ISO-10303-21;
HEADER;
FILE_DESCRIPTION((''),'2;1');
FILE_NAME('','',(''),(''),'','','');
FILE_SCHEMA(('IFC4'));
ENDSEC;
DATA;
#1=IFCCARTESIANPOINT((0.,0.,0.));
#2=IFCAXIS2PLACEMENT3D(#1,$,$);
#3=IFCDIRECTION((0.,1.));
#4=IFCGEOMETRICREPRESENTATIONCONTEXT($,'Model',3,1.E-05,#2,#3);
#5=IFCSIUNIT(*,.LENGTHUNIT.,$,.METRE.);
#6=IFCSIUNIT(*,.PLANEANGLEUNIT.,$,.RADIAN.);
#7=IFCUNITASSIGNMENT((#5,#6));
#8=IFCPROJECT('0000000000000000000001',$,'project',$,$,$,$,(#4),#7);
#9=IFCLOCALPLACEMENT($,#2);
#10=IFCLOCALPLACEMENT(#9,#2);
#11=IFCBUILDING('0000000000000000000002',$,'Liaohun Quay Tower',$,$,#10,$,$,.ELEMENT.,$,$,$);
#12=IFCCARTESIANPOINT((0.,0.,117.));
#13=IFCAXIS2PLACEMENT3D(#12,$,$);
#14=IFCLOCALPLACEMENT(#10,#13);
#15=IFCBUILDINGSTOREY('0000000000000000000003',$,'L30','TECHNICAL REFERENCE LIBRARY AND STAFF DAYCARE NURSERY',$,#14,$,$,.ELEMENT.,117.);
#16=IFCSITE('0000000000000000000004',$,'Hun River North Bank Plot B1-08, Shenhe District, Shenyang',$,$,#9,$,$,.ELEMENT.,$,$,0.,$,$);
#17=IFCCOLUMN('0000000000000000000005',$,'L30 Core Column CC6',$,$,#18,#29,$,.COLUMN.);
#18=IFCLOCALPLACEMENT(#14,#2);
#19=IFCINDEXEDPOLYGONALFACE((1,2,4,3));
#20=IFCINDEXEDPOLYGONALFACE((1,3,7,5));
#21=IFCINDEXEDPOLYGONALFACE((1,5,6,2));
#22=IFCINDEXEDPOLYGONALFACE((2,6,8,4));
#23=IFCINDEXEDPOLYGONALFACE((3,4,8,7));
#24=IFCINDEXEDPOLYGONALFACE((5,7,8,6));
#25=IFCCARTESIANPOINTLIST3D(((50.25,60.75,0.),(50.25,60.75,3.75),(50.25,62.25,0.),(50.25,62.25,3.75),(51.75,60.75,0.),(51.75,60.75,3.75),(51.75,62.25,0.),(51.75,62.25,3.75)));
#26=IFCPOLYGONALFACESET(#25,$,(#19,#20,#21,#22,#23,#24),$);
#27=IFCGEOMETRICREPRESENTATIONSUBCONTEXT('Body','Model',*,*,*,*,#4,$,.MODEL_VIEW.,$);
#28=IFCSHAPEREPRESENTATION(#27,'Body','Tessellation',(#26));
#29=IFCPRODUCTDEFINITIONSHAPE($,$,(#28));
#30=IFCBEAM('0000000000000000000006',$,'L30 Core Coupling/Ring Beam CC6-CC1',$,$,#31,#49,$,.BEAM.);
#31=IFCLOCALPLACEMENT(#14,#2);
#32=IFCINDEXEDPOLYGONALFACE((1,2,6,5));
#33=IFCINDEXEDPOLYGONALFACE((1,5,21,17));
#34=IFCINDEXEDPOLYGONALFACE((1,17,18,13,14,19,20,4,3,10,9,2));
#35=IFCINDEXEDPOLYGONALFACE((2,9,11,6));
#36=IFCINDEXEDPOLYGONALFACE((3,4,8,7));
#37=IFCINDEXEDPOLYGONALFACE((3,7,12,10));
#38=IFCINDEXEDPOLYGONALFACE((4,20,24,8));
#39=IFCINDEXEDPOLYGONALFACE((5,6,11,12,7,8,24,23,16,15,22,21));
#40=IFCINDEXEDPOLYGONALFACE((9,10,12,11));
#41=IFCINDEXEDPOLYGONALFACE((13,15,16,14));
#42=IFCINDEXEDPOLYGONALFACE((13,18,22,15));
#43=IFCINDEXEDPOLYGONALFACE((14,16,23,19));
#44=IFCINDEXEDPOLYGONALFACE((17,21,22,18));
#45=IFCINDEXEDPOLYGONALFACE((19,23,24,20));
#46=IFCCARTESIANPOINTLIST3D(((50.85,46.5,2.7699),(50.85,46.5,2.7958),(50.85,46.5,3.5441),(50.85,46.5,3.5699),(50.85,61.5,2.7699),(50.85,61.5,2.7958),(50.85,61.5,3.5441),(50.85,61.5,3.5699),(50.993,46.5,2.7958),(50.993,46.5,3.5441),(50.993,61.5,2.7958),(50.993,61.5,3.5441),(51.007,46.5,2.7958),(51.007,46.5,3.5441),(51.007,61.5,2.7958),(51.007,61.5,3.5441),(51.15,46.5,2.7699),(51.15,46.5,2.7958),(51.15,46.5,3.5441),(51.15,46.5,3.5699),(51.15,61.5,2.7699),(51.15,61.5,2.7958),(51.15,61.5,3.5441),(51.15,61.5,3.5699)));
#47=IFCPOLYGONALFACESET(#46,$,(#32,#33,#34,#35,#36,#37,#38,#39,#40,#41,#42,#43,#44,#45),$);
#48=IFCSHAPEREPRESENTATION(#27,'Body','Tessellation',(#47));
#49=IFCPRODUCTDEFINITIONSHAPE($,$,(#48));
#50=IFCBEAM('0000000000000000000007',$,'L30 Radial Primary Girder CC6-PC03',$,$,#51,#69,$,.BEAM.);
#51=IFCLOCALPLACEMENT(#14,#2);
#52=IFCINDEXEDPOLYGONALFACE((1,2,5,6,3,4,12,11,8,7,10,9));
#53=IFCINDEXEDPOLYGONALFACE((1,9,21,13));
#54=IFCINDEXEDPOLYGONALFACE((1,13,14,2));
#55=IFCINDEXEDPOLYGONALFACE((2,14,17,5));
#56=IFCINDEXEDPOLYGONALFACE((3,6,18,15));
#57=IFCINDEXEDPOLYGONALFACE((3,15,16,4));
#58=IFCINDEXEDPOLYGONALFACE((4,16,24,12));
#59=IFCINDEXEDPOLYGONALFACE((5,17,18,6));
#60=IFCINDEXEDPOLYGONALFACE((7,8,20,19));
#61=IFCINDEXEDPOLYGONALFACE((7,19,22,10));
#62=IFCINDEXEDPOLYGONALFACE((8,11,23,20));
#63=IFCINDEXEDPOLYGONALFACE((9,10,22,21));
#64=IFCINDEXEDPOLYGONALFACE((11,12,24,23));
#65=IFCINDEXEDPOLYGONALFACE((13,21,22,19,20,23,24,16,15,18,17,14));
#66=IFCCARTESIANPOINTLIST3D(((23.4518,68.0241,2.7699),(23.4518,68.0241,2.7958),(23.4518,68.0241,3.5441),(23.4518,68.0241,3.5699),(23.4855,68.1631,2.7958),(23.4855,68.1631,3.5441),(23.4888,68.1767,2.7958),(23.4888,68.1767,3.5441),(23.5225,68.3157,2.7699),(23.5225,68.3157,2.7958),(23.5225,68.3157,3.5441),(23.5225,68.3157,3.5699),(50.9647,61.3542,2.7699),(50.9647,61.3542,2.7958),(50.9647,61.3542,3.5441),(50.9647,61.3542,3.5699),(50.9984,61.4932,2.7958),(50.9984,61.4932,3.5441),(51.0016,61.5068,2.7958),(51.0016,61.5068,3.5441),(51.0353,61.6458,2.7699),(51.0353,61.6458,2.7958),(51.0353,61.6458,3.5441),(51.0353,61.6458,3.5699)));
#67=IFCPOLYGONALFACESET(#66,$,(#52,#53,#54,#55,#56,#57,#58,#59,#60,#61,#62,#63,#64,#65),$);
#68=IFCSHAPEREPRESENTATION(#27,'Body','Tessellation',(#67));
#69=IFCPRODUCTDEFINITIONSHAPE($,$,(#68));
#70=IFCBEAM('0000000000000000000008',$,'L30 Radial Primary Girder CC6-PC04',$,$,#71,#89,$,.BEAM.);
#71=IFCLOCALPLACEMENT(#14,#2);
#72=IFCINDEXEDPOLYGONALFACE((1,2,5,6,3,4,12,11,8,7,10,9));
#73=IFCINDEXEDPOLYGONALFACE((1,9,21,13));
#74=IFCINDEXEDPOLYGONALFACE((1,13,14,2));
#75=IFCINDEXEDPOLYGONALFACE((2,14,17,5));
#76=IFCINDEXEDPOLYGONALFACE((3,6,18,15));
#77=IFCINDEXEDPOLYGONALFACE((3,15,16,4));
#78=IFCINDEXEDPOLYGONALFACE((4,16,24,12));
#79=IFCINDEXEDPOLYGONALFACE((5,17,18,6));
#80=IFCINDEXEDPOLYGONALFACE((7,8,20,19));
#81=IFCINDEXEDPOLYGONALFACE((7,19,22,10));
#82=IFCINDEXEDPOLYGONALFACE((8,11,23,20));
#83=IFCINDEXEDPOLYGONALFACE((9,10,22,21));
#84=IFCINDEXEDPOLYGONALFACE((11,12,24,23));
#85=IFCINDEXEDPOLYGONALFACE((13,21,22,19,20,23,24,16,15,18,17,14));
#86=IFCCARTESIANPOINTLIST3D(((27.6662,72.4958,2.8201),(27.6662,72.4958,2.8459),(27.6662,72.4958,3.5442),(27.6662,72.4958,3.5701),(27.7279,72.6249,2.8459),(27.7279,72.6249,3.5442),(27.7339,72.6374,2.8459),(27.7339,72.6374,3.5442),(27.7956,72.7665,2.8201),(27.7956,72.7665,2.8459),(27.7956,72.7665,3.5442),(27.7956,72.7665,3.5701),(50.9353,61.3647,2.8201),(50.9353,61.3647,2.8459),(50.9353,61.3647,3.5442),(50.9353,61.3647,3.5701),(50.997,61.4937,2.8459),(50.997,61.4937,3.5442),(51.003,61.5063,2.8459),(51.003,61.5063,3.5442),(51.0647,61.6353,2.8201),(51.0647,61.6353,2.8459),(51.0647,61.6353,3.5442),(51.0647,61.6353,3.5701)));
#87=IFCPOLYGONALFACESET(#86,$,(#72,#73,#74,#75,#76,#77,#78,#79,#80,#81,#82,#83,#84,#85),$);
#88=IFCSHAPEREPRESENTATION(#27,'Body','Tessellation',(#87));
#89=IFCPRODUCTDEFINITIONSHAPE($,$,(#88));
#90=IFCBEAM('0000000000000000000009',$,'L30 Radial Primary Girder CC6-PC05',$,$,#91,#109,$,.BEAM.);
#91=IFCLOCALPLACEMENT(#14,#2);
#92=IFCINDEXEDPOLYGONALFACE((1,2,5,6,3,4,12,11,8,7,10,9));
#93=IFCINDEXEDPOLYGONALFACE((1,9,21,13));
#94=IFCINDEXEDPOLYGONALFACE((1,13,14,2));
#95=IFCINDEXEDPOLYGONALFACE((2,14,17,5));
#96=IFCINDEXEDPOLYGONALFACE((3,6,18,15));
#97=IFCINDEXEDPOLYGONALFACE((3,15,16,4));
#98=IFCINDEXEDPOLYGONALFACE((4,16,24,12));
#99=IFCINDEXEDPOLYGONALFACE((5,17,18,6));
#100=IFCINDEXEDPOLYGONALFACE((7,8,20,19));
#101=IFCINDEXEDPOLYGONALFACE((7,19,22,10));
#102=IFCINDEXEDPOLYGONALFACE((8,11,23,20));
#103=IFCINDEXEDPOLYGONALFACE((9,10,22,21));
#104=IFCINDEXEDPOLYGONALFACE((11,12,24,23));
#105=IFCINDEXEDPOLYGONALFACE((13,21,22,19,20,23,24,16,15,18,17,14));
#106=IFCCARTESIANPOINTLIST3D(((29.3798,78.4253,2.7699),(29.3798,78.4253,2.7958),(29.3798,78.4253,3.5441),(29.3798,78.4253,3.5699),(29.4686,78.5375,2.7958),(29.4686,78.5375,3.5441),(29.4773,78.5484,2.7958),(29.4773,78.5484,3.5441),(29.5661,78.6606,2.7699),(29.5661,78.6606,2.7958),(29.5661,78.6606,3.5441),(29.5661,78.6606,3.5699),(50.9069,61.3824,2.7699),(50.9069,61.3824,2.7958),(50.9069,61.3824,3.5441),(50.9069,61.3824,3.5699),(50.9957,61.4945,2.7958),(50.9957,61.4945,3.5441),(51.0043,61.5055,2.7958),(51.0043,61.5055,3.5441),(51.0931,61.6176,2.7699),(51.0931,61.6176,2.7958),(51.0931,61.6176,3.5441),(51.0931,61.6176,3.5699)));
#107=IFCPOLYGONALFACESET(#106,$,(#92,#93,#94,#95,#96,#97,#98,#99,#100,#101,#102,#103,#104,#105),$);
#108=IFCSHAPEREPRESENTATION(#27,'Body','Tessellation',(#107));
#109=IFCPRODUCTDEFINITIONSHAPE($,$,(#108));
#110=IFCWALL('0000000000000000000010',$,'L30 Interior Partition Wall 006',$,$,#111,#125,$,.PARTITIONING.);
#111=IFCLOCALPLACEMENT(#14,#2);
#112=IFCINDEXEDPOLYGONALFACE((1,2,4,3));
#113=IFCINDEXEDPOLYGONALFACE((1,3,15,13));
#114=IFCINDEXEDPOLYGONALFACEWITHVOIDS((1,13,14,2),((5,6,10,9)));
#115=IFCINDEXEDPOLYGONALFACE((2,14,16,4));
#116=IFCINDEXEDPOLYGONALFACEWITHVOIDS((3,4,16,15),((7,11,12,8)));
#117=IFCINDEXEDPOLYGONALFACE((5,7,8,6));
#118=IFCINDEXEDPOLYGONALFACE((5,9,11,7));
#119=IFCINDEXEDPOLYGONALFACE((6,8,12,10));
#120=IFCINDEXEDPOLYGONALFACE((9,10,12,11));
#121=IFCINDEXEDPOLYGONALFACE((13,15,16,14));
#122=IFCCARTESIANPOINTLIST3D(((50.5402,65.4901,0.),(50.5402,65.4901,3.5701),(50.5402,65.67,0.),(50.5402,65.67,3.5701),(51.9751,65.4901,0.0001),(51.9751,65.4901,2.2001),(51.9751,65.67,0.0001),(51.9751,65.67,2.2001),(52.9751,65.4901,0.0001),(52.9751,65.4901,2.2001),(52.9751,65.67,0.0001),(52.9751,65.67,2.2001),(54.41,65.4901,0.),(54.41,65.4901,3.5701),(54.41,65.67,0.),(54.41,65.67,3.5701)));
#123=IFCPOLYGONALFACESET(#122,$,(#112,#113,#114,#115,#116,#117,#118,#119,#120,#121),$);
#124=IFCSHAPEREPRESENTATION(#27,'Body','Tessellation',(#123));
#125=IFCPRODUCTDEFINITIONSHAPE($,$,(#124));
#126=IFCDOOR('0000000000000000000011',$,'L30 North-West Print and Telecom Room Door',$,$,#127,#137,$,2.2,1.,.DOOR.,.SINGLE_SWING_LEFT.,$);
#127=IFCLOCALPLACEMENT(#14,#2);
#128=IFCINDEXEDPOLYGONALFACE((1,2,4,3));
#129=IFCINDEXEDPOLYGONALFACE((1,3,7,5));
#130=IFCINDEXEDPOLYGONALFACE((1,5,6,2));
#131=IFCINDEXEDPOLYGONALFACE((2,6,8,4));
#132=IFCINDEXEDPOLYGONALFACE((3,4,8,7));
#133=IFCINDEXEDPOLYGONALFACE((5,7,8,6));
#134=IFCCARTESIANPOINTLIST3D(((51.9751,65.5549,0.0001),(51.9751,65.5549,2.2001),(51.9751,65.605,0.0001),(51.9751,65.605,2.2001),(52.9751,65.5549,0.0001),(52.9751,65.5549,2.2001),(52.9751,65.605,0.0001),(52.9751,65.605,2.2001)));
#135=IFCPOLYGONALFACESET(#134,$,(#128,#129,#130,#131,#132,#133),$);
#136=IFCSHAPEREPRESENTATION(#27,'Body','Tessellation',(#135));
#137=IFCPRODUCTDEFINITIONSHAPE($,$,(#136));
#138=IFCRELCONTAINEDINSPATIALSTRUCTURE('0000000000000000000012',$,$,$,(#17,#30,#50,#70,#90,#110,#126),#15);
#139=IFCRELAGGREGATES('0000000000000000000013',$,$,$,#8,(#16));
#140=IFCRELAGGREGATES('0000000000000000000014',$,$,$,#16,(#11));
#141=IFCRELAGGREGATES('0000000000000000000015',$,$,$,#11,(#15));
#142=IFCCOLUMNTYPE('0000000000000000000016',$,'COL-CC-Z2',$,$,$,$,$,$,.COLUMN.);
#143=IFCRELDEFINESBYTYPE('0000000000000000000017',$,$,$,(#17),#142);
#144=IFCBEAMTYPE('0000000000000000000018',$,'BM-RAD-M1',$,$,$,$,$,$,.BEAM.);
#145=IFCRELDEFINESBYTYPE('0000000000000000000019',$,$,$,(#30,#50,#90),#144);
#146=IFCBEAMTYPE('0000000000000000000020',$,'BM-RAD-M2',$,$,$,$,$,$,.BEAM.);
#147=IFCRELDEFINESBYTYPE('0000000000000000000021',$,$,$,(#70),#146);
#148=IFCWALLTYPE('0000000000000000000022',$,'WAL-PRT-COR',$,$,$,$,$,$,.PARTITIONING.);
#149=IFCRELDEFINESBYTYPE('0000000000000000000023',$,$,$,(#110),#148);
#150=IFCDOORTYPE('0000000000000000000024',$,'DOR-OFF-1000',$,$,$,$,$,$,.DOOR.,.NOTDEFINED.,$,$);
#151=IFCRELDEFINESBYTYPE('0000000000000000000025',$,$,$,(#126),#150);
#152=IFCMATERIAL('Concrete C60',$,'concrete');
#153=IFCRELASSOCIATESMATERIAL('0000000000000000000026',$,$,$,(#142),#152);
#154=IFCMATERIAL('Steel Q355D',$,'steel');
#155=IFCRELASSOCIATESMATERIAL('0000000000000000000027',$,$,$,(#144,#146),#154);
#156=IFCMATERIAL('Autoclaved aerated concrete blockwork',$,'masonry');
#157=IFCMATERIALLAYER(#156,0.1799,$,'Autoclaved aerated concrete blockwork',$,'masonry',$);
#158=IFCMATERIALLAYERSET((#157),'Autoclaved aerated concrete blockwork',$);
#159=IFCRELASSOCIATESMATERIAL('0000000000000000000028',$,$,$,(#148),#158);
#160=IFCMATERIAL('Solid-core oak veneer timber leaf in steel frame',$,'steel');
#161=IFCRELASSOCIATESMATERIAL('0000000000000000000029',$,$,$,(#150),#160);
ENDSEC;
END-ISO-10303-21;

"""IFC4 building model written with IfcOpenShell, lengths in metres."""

from ifc_helpers import new_model, si_unit, direction, frame, frame_2d, origin, origin_2d, place, context, subcontext, project, spatial, rectangle, i_section, extrude, source, transform, mapped, material, layer, layer_set, material_profile, profile_set, type_object, element, fill, save


model = new_model("IFC4")

# Units and contexts
model_context = context("Model", 3, precision=1e-05, world=origin(), true_north=direction((0.0, 1.0)))
body_context = subcontext(model_context, "Body", "Model", "MODEL_VIEW")
ifc_project = project(units=[si_unit("LENGTHUNIT", "METRE"), si_unit("PLANEANGLEUNIT", "RADIAN")], contexts=[model_context])

# Site, building, storey
site_placement = place(None, origin())
site = spatial("IfcSite", under=ifc_project, at=site_placement, Name="Hun River North Bank Plot B1-08, Shenhe District, Shenyang", CompositionType="ELEMENT", RefElevation=0.0)
building_placement = place(site_placement, origin())
building = spatial("IfcBuilding", under=site, at=building_placement, Name="Liaohun Quay Tower", CompositionType="ELEMENT")
storey_placement = place(building_placement, frame((0.0, 0.0, 117.0)))
storey = spatial("IfcBuildingStorey", under=building, at=storey_placement, Name="L30", Description="TECHNICAL REFERENCE LIBRARY AND STAFF DAYCARE NURSERY", CompositionType="ELEMENT", Elevation=117.0)

# Column
ifc_material_1 = material(Name="Concrete C60", Category="concrete")
ifc_material_profile_1 = material_profile(ifc_material_1, rectangle(XDim=1.5, YDim=1.5, at=origin_2d()), Name="RC1500x1500")
ifc_profile_set_1 = profile_set([ifc_material_profile_1], Name="Concrete C60")
column_type = type_object("IfcColumnType", Name="COL-CC-Z2", PredefinedType="COLUMN", material=ifc_profile_set_1)
shared_shape_1 = source(origin(), body_context, "Body", "SweptSolid", [
    extrude(rectangle(XDim=1.5, YDim=1.5, at=origin_2d()), origin(), (0.0, 0.0, 1.0), 3.75),
])
column_placement = place(storey_placement, frame((51.0, 61.5, 0.0), z_axis=(0.0, 0.0, 1.0), x_axis=(1.0, 0.0, 0.0)))
element("IfcColumn", 1, at=column_placement, inside=storey, type_object=column_type, Name="L30 Core Column CC6", PredefinedType="COLUMN", context=body_context, shape_type="MappedRepresentation", body=[
    mapped(shared_shape_1, transform((0.0, 0.0, 0.0), x_axis=(1.0, 0.0, 0.0), y_axis=(0.0, 1.0, 0.0), z_axis=(0.0, 0.0, 1.0), scale=1.0)),
])

# Beams
ifc_material_2 = material(Name="Steel Q355D", Category="steel")
ifc_material_profile_2 = material_profile(ifc_material_2, i_section(OverallWidth=0.3, OverallDepth=0.8, WebThickness=0.0139, FlangeThickness=0.0259, at=origin_2d()), Name="HN800x300x14x26")
ifc_profile_set_2 = profile_set([ifc_material_profile_2], Name="Steel Q355D")
beam_type_1 = type_object("IfcBeamType", Name="BM-RAD-M1", PredefinedType="BEAM", material=ifc_profile_set_2)
shared_shape_2 = source(origin(), body_context, "Body", "SweptSolid", [
    extrude(i_section(OverallWidth=0.3, OverallDepth=0.8, WebThickness=0.0139, FlangeThickness=0.0259, at=origin_2d()), origin(), (0.0, 0.0, 1.0), 15.0),
])
beam_1_placement = place(storey_placement, frame((51.0, 61.5, 3.1699), z_axis=(0.0, -1.0, 0.0), x_axis=(1.0, 0.0, 0.0)))
element("IfcBeam", 2, at=beam_1_placement, inside=storey, type_object=beam_type_1, Name="L30 Core Coupling/Ring Beam CC6-CC1", PredefinedType="BEAM", context=body_context, shape_type="MappedRepresentation", body=[
    mapped(shared_shape_2, transform((0.0, 0.0, 0.0), x_axis=(1.0, 0.0, 0.0), y_axis=(0.0, 1.0, 0.0), z_axis=(0.0, 0.0, 1.0), scale=1.0)),
])
shared_shape_3 = source(origin(), body_context, "Body", "SweptSolid", [
    extrude(i_section(OverallWidth=0.3, OverallDepth=0.8, WebThickness=0.0139, FlangeThickness=0.0259, at=origin_2d()), origin(), (0.0, 0.0, 1.0), 28.3098),
])
beam_2_placement = place(storey_placement, frame((51.0, 61.5, 3.1699), z_axis=(-0.971849, 0.235604, 0.0), x_axis=(-0.235604, -0.971849, 0.0)))
element("IfcBeam", 3, at=beam_2_placement, inside=storey, type_object=beam_type_1, Name="L30 Radial Primary Girder CC6-PC03", PredefinedType="BEAM", context=body_context, shape_type="MappedRepresentation", body=[
    mapped(shared_shape_3, transform((0.0, 0.0, 0.0), x_axis=(1.0, 0.0, 0.0), y_axis=(0.0, 1.0, 0.0), z_axis=(0.0, 0.0, 1.0), scale=1.0)),
])
ifc_material_profile_3 = material_profile(ifc_material_2, i_section(OverallWidth=0.3, OverallDepth=0.75, WebThickness=0.0139, FlangeThickness=0.0259, at=origin_2d()), Name="HN750x300x14x26")
ifc_profile_set_3 = profile_set([ifc_material_profile_3], Name="Steel Q355D")
beam_type_2 = type_object("IfcBeamType", Name="BM-RAD-M2", PredefinedType="BEAM", material=ifc_profile_set_3)
shared_shape_4 = source(origin(), body_context, "Body", "SweptSolid", [
    extrude(i_section(OverallWidth=0.3, OverallDepth=0.75, WebThickness=0.0139, FlangeThickness=0.0259, at=origin_2d()), origin(), (0.0, 0.0, 1.0), 25.7944),
])
beam_3_placement = place(storey_placement, frame((51.0, 61.5, 3.1951), z_axis=(-0.902098, 0.431532, 0.0), x_axis=(-0.431532, -0.902098, 0.0)))
element("IfcBeam", 4, at=beam_3_placement, inside=storey, type_object=beam_type_2, Name="L30 Radial Primary Girder CC6-PC04", PredefinedType="BEAM", context=body_context, shape_type="MappedRepresentation", body=[
    mapped(shared_shape_4, transform((0.0, 0.0, 0.0), x_axis=(1.0, 0.0, 0.0), y_axis=(0.0, 1.0, 0.0), z_axis=(0.0, 0.0, 1.0), scale=1.0)),
])
shared_shape_5 = source(origin(), body_context, "Body", "SweptSolid", [
    extrude(i_section(OverallWidth=0.3, OverallDepth=0.8, WebThickness=0.0139, FlangeThickness=0.0259, at=origin_2d()), origin(), (0.0, 0.0, 1.0), 27.4568),
])
beam_4_placement = place(storey_placement, frame((51.0, 61.5, 3.1699), z_axis=(-0.784034, 0.620718, 0.0), x_axis=(-0.620718, -0.784034, 0.0)))
element("IfcBeam", 5, at=beam_4_placement, inside=storey, type_object=beam_type_1, Name="L30 Radial Primary Girder CC6-PC05", PredefinedType="BEAM", context=body_context, shape_type="MappedRepresentation", body=[
    mapped(shared_shape_5, transform((0.0, 0.0, 0.0), x_axis=(1.0, 0.0, 0.0), y_axis=(0.0, 1.0, 0.0), z_axis=(0.0, 0.0, 1.0), scale=1.0)),
])

# Wall, opening, door
ifc_material_3 = material(Name="Autoclaved aerated concrete blockwork", Category="masonry")
ifc_layer_1 = layer(ifc_material_3, 0.1799, Name="Autoclaved aerated concrete blockwork", Category="masonry")
ifc_layer_set_1 = layer_set([ifc_layer_1], Name="Autoclaved aerated concrete blockwork")
wall_type_1 = type_object("IfcWallType", Name="WAL-PRT-COR", PredefinedType="PARTITIONING", material=ifc_layer_set_1)
wall_1_placement = place(storey_placement, frame((50.54, 65.5801, 0.0), z_axis=(0.0, 0.0, 1.0), x_axis=(1.0, 0.0, 0.0)))
wall_1 = element("IfcWall", 6, at=wall_1_placement, inside=storey, type_object=wall_type_1, Name="L30 Interior Partition Wall 006", PredefinedType="PARTITIONING", context=body_context, shape_type="SweptSolid", body=[
    extrude(rectangle(XDim=3.8699, YDim=0.1799, at=frame_2d((1.9351, 0.0))), origin(), (0.0, 0.0, 1.0), 3.5701),
])
shared_shape_6 = source(origin(), body_context, "Body", "SweptSolid", [
    extrude(rectangle(XDim=1.0, YDim=2.2, at=frame_2d((0.5, 1.1001))), frame((0.0, 0.0999, 0.0), z_axis=(0.0, -1.0, 0.0), x_axis=(1.0, 0.0, 0.0)), (0.0, 0.0, 1.0), 0.2),
])
opening_1_placement = place(wall_1_placement, frame((1.4351, 0.0, 0.0)))
opening_1 = element("IfcOpeningElement", 7, at=opening_1_placement, cuts=wall_1, PredefinedType="OPENING", context=body_context, shape_type="MappedRepresentation", body=[
    mapped(shared_shape_6, transform((0.0, 0.0, 0.0), x_axis=(1.0, 0.0, 0.0), y_axis=(0.0, 1.0, 0.0), z_axis=(0.0, 0.0, 1.0), scale=1.0)),
])
ifc_material_4 = material(Name="Solid-core oak veneer timber leaf in steel frame", Category="steel")
door_type_1 = type_object("IfcDoorType", Name="DOR-OFF-1000", OperationType="NOTDEFINED", PredefinedType="DOOR", material=ifc_material_4)
shared_shape_7 = source(origin(), body_context, "Body", "SweptSolid", [
    extrude(rectangle(XDim=1.0, YDim=2.2, at=frame_2d((0.5, 1.1001))), frame((0.0, 0.0249, 0.0), z_axis=(0.0, -1.0, 0.0), x_axis=(1.0, 0.0, 0.0)), (0.0, 0.0, 1.0), 0.05),
])
door_1_placement = place(opening_1_placement, origin())
door_1 = element("IfcDoor", 8, at=door_1_placement, inside=storey, type_object=door_type_1, Name="L30 North-West Print and Telecom Room Door", OperationType="SINGLE_SWING_LEFT", OverallHeight=2.2, OverallWidth=1.0, PredefinedType="DOOR", context=body_context, shape_type="MappedRepresentation", body=[
    mapped(shared_shape_7, transform((0.0, 0.0, 0.0), x_axis=(1.0, 0.0, 0.0), y_axis=(0.0, 1.0, 0.0), z_axis=(0.0, 0.0, 1.0), scale=1.0)),
])
fill(opening_1, door_1)

save(model, "model.ifc")
